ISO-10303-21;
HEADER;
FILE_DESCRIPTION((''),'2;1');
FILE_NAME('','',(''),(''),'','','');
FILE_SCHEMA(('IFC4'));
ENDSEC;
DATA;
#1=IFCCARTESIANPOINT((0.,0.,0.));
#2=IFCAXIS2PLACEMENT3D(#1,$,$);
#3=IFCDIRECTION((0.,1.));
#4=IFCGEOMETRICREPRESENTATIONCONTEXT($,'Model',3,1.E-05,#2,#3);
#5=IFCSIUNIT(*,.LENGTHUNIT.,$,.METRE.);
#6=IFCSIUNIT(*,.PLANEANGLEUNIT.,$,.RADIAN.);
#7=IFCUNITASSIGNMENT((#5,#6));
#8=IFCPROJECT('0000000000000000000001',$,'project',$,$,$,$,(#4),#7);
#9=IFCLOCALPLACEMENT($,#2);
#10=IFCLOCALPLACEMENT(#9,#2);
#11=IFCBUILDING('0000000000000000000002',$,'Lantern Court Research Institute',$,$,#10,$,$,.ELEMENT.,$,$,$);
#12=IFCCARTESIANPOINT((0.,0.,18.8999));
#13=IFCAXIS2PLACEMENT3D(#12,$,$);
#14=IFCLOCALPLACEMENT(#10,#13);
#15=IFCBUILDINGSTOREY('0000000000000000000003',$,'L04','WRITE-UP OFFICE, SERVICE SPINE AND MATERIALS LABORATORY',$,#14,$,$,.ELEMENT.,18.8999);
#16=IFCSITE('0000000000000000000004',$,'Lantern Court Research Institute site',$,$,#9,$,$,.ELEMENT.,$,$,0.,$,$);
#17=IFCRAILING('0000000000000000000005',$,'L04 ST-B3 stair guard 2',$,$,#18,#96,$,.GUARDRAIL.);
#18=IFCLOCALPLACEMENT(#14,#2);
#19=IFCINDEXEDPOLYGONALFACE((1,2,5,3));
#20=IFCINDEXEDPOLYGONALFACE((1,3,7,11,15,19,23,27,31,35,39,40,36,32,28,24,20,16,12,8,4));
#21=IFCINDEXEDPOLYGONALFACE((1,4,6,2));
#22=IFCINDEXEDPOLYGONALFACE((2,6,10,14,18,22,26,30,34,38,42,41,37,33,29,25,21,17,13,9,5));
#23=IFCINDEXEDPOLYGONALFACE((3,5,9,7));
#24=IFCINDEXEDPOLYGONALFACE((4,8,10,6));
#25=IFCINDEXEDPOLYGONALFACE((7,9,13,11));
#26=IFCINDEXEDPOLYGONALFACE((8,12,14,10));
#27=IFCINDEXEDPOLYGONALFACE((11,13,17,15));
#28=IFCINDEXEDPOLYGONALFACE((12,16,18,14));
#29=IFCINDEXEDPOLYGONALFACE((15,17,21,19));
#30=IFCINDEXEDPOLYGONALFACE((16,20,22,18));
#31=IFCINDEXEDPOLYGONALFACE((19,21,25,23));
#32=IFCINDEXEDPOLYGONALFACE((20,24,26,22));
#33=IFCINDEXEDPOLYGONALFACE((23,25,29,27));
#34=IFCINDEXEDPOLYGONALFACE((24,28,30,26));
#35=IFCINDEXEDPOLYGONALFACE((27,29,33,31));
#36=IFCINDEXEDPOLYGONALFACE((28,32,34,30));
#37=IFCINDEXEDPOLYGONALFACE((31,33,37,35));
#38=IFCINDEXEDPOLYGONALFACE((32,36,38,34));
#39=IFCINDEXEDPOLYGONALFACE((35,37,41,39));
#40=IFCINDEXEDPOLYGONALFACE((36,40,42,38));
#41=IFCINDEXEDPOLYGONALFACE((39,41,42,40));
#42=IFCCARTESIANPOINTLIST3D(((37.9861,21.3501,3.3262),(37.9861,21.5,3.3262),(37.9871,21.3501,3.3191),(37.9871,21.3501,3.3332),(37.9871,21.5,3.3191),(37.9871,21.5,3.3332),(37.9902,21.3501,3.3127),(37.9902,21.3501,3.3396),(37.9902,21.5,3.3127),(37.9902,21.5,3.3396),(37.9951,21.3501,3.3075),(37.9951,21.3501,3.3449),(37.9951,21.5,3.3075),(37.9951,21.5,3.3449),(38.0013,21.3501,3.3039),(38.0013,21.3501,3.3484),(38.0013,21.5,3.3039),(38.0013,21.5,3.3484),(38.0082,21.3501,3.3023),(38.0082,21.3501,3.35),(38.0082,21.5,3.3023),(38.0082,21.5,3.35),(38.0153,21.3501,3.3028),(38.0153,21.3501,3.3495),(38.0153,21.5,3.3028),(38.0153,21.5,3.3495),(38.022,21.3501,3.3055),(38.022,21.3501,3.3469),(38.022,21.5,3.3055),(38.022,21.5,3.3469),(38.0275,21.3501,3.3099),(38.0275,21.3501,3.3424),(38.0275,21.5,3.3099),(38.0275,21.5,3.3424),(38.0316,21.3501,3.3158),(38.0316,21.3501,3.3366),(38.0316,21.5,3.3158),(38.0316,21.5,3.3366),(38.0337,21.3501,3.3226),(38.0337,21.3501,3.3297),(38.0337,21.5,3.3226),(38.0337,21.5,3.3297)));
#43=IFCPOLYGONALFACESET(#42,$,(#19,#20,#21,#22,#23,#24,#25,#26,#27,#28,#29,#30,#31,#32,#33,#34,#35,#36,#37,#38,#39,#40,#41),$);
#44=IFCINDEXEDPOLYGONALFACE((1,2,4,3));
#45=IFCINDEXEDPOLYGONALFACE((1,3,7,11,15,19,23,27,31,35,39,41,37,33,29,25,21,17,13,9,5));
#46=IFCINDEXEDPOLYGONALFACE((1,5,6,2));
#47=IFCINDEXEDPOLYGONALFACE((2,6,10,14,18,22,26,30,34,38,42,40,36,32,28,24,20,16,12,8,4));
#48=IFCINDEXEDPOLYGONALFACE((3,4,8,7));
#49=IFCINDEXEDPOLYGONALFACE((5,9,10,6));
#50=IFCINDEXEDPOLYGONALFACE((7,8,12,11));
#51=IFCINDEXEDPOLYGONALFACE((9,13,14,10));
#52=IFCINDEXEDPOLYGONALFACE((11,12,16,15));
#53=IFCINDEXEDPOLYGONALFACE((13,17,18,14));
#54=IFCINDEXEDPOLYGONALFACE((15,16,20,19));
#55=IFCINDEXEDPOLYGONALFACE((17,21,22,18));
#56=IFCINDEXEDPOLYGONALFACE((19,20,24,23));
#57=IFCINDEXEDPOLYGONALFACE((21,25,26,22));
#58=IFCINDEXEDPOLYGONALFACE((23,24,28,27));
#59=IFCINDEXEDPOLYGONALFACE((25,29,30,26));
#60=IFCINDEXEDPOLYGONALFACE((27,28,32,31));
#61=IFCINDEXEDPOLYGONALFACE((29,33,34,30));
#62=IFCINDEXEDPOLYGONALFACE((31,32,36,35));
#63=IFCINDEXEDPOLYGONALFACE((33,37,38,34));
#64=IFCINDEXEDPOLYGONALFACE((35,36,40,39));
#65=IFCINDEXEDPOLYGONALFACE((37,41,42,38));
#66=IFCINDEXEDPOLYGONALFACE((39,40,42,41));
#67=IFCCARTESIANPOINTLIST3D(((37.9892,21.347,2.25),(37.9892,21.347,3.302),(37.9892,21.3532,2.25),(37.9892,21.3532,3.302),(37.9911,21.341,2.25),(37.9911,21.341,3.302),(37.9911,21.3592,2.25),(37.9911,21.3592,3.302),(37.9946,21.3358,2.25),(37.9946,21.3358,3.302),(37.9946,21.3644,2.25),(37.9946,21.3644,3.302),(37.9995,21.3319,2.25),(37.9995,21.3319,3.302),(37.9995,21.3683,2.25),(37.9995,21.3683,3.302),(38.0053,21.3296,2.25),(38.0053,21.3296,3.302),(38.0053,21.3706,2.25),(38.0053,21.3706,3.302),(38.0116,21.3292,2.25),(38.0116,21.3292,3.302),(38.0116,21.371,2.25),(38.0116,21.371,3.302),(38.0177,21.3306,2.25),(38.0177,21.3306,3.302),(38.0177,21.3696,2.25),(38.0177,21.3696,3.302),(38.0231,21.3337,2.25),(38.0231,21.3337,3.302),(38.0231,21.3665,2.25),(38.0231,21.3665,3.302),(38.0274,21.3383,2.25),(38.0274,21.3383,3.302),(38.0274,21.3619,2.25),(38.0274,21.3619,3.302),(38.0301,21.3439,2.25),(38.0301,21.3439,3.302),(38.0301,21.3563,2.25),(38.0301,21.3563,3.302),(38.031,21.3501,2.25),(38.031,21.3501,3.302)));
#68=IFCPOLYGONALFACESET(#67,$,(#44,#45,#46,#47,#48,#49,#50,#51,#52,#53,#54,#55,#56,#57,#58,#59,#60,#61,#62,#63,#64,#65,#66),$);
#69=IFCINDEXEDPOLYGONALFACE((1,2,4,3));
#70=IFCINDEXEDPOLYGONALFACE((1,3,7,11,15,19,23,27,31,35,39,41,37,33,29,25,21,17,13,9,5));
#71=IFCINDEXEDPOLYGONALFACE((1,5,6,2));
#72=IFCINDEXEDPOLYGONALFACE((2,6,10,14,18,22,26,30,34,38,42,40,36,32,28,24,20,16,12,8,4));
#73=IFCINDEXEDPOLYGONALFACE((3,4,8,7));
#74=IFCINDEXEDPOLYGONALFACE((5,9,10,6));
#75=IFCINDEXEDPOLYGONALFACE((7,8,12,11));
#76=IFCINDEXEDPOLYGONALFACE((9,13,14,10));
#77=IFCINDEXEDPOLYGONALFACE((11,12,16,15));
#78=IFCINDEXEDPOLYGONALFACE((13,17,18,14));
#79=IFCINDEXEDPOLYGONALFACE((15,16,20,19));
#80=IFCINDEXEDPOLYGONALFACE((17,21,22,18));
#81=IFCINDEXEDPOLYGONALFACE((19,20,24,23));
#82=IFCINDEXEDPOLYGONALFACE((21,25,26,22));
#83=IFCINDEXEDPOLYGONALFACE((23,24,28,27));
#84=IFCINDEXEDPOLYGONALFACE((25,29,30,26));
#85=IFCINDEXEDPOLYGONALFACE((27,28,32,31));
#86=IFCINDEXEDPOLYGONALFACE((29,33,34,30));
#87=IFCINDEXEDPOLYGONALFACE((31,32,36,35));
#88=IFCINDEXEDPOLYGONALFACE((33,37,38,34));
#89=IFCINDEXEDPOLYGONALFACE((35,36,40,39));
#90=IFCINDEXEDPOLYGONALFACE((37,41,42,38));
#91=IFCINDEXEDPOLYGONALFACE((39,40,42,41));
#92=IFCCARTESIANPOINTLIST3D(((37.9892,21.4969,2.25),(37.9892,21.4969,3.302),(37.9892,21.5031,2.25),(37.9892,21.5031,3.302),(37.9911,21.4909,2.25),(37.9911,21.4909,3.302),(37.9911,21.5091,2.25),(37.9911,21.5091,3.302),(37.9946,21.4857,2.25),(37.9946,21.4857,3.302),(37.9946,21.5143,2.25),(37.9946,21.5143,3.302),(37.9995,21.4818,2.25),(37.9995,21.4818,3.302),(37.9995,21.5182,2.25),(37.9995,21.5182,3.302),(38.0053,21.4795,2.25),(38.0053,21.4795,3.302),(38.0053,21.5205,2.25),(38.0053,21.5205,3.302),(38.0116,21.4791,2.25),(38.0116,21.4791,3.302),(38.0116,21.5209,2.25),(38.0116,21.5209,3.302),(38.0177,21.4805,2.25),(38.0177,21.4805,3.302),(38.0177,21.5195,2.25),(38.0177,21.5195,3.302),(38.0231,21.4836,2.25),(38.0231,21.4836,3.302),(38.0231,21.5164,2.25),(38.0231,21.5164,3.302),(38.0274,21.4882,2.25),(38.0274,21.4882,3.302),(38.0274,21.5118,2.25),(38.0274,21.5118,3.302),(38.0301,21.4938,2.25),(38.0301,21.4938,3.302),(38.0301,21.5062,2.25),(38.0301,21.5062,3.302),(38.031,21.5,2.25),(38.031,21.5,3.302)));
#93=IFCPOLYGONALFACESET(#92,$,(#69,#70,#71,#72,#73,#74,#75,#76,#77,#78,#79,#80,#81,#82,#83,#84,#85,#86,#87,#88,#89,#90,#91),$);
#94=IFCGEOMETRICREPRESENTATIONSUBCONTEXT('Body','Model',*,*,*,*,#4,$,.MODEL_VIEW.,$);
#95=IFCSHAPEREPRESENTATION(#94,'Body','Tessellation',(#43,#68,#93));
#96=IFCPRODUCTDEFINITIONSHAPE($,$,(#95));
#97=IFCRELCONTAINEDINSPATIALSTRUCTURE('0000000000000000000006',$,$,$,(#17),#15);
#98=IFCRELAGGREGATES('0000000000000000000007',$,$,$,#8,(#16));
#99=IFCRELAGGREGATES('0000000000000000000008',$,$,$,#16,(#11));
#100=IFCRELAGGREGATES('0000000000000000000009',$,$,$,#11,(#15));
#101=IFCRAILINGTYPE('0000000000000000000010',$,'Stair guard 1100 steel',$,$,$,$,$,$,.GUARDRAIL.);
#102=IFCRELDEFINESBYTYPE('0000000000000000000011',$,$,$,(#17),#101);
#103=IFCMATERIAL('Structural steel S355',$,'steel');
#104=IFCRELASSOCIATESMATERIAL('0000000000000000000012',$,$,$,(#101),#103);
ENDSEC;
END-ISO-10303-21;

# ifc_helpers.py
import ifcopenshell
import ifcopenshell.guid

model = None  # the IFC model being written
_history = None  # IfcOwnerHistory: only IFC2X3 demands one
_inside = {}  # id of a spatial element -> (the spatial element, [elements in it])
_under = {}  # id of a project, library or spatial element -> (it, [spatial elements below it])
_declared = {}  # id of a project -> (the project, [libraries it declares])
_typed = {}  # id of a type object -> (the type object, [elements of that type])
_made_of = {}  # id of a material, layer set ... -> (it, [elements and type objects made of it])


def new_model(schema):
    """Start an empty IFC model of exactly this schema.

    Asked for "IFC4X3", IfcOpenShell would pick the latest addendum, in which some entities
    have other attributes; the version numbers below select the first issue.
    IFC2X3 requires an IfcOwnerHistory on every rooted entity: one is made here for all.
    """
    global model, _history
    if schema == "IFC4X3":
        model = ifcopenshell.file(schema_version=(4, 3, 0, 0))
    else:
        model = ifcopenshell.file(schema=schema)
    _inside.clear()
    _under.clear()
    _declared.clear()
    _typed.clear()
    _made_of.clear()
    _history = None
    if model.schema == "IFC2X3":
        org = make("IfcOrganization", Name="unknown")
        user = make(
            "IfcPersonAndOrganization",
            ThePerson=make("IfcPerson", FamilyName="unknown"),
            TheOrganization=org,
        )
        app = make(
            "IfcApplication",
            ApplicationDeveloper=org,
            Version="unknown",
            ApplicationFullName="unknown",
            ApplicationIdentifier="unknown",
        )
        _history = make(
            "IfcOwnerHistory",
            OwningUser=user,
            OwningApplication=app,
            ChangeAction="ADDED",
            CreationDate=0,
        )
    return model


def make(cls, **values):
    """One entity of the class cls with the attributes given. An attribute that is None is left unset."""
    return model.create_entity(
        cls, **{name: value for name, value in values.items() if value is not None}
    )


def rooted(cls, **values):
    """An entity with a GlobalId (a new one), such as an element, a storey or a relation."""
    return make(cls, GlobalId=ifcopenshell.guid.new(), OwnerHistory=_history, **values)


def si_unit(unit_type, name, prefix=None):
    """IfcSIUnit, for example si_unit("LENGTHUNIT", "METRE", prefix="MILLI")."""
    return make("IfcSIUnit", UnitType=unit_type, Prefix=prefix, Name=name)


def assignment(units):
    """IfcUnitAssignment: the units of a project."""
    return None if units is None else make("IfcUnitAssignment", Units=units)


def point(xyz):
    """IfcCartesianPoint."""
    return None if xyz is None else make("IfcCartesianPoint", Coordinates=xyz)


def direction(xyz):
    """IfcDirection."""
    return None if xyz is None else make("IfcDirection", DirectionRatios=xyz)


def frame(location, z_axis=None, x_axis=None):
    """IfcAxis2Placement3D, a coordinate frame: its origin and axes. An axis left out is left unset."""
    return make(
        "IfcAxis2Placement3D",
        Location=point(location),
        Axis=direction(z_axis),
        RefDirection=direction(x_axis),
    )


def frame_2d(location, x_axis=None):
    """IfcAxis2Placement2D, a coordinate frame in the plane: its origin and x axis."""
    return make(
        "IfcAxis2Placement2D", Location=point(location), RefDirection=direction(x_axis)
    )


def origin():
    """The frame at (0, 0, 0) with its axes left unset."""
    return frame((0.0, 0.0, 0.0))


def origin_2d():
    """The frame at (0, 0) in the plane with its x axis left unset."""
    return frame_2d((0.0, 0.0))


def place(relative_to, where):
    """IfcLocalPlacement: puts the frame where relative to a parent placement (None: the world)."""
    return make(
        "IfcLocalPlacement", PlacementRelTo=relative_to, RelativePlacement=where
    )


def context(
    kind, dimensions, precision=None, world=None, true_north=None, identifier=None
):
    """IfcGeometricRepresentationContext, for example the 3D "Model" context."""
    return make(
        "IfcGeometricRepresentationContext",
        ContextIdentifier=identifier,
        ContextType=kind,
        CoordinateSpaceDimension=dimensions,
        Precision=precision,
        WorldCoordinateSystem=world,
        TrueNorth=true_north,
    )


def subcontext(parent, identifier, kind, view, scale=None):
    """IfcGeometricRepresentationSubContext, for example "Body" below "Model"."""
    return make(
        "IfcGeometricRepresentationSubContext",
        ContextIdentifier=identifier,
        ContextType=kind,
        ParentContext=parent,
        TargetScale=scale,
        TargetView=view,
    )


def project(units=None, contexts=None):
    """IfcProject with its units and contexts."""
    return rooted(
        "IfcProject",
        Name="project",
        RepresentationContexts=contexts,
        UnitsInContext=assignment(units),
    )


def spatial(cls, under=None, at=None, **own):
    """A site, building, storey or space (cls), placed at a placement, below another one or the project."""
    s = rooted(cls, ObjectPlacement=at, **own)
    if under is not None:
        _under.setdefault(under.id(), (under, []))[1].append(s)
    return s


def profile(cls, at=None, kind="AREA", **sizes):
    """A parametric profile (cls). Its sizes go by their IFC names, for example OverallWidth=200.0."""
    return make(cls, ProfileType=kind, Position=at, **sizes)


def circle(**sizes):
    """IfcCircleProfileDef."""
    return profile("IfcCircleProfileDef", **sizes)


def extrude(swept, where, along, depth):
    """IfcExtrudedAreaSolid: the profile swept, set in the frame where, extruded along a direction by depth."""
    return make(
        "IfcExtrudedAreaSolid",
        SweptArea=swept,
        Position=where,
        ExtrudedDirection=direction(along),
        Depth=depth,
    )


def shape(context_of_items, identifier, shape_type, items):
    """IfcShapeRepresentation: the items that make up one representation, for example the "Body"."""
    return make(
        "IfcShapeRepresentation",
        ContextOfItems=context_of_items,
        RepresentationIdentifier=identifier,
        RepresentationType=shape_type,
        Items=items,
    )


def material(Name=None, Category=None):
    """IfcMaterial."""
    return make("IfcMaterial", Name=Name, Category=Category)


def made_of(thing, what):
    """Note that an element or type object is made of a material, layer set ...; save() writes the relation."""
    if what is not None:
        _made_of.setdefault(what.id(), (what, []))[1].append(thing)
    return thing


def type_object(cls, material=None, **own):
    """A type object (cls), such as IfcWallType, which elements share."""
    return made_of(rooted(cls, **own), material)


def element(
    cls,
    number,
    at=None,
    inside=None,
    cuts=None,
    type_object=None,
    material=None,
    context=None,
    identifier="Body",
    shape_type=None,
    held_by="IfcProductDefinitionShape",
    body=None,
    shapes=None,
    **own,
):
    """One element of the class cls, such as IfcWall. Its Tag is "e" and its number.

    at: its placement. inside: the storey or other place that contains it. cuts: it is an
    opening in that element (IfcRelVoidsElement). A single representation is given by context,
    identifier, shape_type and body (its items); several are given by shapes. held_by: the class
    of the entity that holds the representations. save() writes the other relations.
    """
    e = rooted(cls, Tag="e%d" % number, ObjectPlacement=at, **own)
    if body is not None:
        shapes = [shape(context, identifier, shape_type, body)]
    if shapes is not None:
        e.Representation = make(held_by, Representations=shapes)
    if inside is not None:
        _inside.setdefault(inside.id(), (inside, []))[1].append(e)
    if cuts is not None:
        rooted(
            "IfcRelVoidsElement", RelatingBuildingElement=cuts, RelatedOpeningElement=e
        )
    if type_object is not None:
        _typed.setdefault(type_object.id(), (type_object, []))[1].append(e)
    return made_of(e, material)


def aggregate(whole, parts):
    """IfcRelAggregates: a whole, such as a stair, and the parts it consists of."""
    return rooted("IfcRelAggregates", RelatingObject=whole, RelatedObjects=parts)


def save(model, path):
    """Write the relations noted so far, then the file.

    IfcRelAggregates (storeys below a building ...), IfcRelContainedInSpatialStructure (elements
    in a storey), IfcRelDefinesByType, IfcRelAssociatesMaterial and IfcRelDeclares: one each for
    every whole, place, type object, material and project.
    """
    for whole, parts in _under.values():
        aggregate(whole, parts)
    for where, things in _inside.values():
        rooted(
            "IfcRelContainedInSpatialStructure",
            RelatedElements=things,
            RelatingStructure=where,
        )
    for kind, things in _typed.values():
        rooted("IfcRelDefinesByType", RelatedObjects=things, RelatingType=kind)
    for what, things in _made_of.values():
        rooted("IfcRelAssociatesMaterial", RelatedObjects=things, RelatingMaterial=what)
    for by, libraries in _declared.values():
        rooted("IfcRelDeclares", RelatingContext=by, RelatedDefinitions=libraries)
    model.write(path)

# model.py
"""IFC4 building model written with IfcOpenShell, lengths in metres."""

from ifc_helpers import new_model, si_unit, direction, frame, origin, origin_2d, place, context, subcontext, project, spatial, circle, extrude, material, type_object, element, save


model = new_model("IFC4")

# Units and contexts
model_context = context("Model", 3, precision=1e-05, world=origin(), true_north=direction((0.0, 1.0)))
body_context = subcontext(model_context, "Body", "Model", "MODEL_VIEW")
ifc_project = project(units=[si_unit("LENGTHUNIT", "METRE"), si_unit("PLANEANGLEUNIT", "RADIAN")], contexts=[model_context])

# Site, building, storey
site_placement = place(None, origin())
site = spatial("IfcSite", under=ifc_project, at=site_placement, Name="Lantern Court Research Institute site", CompositionType="ELEMENT", RefElevation=0.0)
building_placement = place(site_placement, origin())
building = spatial("IfcBuilding", under=site, at=building_placement, Name="Lantern Court Research Institute", CompositionType="ELEMENT")
storey_placement = place(building_placement, frame((0.0, 0.0, 18.8999)))
storey = spatial("IfcBuildingStorey", under=building, at=storey_placement, Name="L04", Description="WRITE-UP OFFICE, SERVICE SPINE AND MATERIALS LABORATORY", CompositionType="ELEMENT", Elevation=18.8999)

# Railing
ifc_material_1 = material(Name="Structural steel S355", Category="steel")
railing_type_1 = type_object("IfcRailingType", Name="Stair guard 1100 steel", PredefinedType="GUARDRAIL", material=ifc_material_1)
railing_1_placement = place(storey_placement, frame((38.01, 21.3501, 2.25)))
element("IfcRailing", 1, at=railing_1_placement, inside=storey, type_object=railing_type_1, Name="L04 ST-B3 stair guard 2", PredefinedType="GUARDRAIL", context=body_context, shape_type="SweptSolid", body=[
    extrude(circle(Radius=0.0239, at=origin_2d()), frame((0.0, 0.0, 1.0762), z_axis=(0.0, 1.0, 0.0), x_axis=(-1.0, 0.0, 0.0)), (0.0, 0.0, 1.0), 0.1499),
    extrude(circle(Radius=0.021, at=origin_2d()), origin(), (0.0, 0.0, 1.0), 1.052),
    extrude(circle(Radius=0.021, at=origin_2d()), frame((0.0, 0.1499, 0.0)), (0.0, 0.0, 1.0), 1.052),
])

save(model, "model.ifc")
